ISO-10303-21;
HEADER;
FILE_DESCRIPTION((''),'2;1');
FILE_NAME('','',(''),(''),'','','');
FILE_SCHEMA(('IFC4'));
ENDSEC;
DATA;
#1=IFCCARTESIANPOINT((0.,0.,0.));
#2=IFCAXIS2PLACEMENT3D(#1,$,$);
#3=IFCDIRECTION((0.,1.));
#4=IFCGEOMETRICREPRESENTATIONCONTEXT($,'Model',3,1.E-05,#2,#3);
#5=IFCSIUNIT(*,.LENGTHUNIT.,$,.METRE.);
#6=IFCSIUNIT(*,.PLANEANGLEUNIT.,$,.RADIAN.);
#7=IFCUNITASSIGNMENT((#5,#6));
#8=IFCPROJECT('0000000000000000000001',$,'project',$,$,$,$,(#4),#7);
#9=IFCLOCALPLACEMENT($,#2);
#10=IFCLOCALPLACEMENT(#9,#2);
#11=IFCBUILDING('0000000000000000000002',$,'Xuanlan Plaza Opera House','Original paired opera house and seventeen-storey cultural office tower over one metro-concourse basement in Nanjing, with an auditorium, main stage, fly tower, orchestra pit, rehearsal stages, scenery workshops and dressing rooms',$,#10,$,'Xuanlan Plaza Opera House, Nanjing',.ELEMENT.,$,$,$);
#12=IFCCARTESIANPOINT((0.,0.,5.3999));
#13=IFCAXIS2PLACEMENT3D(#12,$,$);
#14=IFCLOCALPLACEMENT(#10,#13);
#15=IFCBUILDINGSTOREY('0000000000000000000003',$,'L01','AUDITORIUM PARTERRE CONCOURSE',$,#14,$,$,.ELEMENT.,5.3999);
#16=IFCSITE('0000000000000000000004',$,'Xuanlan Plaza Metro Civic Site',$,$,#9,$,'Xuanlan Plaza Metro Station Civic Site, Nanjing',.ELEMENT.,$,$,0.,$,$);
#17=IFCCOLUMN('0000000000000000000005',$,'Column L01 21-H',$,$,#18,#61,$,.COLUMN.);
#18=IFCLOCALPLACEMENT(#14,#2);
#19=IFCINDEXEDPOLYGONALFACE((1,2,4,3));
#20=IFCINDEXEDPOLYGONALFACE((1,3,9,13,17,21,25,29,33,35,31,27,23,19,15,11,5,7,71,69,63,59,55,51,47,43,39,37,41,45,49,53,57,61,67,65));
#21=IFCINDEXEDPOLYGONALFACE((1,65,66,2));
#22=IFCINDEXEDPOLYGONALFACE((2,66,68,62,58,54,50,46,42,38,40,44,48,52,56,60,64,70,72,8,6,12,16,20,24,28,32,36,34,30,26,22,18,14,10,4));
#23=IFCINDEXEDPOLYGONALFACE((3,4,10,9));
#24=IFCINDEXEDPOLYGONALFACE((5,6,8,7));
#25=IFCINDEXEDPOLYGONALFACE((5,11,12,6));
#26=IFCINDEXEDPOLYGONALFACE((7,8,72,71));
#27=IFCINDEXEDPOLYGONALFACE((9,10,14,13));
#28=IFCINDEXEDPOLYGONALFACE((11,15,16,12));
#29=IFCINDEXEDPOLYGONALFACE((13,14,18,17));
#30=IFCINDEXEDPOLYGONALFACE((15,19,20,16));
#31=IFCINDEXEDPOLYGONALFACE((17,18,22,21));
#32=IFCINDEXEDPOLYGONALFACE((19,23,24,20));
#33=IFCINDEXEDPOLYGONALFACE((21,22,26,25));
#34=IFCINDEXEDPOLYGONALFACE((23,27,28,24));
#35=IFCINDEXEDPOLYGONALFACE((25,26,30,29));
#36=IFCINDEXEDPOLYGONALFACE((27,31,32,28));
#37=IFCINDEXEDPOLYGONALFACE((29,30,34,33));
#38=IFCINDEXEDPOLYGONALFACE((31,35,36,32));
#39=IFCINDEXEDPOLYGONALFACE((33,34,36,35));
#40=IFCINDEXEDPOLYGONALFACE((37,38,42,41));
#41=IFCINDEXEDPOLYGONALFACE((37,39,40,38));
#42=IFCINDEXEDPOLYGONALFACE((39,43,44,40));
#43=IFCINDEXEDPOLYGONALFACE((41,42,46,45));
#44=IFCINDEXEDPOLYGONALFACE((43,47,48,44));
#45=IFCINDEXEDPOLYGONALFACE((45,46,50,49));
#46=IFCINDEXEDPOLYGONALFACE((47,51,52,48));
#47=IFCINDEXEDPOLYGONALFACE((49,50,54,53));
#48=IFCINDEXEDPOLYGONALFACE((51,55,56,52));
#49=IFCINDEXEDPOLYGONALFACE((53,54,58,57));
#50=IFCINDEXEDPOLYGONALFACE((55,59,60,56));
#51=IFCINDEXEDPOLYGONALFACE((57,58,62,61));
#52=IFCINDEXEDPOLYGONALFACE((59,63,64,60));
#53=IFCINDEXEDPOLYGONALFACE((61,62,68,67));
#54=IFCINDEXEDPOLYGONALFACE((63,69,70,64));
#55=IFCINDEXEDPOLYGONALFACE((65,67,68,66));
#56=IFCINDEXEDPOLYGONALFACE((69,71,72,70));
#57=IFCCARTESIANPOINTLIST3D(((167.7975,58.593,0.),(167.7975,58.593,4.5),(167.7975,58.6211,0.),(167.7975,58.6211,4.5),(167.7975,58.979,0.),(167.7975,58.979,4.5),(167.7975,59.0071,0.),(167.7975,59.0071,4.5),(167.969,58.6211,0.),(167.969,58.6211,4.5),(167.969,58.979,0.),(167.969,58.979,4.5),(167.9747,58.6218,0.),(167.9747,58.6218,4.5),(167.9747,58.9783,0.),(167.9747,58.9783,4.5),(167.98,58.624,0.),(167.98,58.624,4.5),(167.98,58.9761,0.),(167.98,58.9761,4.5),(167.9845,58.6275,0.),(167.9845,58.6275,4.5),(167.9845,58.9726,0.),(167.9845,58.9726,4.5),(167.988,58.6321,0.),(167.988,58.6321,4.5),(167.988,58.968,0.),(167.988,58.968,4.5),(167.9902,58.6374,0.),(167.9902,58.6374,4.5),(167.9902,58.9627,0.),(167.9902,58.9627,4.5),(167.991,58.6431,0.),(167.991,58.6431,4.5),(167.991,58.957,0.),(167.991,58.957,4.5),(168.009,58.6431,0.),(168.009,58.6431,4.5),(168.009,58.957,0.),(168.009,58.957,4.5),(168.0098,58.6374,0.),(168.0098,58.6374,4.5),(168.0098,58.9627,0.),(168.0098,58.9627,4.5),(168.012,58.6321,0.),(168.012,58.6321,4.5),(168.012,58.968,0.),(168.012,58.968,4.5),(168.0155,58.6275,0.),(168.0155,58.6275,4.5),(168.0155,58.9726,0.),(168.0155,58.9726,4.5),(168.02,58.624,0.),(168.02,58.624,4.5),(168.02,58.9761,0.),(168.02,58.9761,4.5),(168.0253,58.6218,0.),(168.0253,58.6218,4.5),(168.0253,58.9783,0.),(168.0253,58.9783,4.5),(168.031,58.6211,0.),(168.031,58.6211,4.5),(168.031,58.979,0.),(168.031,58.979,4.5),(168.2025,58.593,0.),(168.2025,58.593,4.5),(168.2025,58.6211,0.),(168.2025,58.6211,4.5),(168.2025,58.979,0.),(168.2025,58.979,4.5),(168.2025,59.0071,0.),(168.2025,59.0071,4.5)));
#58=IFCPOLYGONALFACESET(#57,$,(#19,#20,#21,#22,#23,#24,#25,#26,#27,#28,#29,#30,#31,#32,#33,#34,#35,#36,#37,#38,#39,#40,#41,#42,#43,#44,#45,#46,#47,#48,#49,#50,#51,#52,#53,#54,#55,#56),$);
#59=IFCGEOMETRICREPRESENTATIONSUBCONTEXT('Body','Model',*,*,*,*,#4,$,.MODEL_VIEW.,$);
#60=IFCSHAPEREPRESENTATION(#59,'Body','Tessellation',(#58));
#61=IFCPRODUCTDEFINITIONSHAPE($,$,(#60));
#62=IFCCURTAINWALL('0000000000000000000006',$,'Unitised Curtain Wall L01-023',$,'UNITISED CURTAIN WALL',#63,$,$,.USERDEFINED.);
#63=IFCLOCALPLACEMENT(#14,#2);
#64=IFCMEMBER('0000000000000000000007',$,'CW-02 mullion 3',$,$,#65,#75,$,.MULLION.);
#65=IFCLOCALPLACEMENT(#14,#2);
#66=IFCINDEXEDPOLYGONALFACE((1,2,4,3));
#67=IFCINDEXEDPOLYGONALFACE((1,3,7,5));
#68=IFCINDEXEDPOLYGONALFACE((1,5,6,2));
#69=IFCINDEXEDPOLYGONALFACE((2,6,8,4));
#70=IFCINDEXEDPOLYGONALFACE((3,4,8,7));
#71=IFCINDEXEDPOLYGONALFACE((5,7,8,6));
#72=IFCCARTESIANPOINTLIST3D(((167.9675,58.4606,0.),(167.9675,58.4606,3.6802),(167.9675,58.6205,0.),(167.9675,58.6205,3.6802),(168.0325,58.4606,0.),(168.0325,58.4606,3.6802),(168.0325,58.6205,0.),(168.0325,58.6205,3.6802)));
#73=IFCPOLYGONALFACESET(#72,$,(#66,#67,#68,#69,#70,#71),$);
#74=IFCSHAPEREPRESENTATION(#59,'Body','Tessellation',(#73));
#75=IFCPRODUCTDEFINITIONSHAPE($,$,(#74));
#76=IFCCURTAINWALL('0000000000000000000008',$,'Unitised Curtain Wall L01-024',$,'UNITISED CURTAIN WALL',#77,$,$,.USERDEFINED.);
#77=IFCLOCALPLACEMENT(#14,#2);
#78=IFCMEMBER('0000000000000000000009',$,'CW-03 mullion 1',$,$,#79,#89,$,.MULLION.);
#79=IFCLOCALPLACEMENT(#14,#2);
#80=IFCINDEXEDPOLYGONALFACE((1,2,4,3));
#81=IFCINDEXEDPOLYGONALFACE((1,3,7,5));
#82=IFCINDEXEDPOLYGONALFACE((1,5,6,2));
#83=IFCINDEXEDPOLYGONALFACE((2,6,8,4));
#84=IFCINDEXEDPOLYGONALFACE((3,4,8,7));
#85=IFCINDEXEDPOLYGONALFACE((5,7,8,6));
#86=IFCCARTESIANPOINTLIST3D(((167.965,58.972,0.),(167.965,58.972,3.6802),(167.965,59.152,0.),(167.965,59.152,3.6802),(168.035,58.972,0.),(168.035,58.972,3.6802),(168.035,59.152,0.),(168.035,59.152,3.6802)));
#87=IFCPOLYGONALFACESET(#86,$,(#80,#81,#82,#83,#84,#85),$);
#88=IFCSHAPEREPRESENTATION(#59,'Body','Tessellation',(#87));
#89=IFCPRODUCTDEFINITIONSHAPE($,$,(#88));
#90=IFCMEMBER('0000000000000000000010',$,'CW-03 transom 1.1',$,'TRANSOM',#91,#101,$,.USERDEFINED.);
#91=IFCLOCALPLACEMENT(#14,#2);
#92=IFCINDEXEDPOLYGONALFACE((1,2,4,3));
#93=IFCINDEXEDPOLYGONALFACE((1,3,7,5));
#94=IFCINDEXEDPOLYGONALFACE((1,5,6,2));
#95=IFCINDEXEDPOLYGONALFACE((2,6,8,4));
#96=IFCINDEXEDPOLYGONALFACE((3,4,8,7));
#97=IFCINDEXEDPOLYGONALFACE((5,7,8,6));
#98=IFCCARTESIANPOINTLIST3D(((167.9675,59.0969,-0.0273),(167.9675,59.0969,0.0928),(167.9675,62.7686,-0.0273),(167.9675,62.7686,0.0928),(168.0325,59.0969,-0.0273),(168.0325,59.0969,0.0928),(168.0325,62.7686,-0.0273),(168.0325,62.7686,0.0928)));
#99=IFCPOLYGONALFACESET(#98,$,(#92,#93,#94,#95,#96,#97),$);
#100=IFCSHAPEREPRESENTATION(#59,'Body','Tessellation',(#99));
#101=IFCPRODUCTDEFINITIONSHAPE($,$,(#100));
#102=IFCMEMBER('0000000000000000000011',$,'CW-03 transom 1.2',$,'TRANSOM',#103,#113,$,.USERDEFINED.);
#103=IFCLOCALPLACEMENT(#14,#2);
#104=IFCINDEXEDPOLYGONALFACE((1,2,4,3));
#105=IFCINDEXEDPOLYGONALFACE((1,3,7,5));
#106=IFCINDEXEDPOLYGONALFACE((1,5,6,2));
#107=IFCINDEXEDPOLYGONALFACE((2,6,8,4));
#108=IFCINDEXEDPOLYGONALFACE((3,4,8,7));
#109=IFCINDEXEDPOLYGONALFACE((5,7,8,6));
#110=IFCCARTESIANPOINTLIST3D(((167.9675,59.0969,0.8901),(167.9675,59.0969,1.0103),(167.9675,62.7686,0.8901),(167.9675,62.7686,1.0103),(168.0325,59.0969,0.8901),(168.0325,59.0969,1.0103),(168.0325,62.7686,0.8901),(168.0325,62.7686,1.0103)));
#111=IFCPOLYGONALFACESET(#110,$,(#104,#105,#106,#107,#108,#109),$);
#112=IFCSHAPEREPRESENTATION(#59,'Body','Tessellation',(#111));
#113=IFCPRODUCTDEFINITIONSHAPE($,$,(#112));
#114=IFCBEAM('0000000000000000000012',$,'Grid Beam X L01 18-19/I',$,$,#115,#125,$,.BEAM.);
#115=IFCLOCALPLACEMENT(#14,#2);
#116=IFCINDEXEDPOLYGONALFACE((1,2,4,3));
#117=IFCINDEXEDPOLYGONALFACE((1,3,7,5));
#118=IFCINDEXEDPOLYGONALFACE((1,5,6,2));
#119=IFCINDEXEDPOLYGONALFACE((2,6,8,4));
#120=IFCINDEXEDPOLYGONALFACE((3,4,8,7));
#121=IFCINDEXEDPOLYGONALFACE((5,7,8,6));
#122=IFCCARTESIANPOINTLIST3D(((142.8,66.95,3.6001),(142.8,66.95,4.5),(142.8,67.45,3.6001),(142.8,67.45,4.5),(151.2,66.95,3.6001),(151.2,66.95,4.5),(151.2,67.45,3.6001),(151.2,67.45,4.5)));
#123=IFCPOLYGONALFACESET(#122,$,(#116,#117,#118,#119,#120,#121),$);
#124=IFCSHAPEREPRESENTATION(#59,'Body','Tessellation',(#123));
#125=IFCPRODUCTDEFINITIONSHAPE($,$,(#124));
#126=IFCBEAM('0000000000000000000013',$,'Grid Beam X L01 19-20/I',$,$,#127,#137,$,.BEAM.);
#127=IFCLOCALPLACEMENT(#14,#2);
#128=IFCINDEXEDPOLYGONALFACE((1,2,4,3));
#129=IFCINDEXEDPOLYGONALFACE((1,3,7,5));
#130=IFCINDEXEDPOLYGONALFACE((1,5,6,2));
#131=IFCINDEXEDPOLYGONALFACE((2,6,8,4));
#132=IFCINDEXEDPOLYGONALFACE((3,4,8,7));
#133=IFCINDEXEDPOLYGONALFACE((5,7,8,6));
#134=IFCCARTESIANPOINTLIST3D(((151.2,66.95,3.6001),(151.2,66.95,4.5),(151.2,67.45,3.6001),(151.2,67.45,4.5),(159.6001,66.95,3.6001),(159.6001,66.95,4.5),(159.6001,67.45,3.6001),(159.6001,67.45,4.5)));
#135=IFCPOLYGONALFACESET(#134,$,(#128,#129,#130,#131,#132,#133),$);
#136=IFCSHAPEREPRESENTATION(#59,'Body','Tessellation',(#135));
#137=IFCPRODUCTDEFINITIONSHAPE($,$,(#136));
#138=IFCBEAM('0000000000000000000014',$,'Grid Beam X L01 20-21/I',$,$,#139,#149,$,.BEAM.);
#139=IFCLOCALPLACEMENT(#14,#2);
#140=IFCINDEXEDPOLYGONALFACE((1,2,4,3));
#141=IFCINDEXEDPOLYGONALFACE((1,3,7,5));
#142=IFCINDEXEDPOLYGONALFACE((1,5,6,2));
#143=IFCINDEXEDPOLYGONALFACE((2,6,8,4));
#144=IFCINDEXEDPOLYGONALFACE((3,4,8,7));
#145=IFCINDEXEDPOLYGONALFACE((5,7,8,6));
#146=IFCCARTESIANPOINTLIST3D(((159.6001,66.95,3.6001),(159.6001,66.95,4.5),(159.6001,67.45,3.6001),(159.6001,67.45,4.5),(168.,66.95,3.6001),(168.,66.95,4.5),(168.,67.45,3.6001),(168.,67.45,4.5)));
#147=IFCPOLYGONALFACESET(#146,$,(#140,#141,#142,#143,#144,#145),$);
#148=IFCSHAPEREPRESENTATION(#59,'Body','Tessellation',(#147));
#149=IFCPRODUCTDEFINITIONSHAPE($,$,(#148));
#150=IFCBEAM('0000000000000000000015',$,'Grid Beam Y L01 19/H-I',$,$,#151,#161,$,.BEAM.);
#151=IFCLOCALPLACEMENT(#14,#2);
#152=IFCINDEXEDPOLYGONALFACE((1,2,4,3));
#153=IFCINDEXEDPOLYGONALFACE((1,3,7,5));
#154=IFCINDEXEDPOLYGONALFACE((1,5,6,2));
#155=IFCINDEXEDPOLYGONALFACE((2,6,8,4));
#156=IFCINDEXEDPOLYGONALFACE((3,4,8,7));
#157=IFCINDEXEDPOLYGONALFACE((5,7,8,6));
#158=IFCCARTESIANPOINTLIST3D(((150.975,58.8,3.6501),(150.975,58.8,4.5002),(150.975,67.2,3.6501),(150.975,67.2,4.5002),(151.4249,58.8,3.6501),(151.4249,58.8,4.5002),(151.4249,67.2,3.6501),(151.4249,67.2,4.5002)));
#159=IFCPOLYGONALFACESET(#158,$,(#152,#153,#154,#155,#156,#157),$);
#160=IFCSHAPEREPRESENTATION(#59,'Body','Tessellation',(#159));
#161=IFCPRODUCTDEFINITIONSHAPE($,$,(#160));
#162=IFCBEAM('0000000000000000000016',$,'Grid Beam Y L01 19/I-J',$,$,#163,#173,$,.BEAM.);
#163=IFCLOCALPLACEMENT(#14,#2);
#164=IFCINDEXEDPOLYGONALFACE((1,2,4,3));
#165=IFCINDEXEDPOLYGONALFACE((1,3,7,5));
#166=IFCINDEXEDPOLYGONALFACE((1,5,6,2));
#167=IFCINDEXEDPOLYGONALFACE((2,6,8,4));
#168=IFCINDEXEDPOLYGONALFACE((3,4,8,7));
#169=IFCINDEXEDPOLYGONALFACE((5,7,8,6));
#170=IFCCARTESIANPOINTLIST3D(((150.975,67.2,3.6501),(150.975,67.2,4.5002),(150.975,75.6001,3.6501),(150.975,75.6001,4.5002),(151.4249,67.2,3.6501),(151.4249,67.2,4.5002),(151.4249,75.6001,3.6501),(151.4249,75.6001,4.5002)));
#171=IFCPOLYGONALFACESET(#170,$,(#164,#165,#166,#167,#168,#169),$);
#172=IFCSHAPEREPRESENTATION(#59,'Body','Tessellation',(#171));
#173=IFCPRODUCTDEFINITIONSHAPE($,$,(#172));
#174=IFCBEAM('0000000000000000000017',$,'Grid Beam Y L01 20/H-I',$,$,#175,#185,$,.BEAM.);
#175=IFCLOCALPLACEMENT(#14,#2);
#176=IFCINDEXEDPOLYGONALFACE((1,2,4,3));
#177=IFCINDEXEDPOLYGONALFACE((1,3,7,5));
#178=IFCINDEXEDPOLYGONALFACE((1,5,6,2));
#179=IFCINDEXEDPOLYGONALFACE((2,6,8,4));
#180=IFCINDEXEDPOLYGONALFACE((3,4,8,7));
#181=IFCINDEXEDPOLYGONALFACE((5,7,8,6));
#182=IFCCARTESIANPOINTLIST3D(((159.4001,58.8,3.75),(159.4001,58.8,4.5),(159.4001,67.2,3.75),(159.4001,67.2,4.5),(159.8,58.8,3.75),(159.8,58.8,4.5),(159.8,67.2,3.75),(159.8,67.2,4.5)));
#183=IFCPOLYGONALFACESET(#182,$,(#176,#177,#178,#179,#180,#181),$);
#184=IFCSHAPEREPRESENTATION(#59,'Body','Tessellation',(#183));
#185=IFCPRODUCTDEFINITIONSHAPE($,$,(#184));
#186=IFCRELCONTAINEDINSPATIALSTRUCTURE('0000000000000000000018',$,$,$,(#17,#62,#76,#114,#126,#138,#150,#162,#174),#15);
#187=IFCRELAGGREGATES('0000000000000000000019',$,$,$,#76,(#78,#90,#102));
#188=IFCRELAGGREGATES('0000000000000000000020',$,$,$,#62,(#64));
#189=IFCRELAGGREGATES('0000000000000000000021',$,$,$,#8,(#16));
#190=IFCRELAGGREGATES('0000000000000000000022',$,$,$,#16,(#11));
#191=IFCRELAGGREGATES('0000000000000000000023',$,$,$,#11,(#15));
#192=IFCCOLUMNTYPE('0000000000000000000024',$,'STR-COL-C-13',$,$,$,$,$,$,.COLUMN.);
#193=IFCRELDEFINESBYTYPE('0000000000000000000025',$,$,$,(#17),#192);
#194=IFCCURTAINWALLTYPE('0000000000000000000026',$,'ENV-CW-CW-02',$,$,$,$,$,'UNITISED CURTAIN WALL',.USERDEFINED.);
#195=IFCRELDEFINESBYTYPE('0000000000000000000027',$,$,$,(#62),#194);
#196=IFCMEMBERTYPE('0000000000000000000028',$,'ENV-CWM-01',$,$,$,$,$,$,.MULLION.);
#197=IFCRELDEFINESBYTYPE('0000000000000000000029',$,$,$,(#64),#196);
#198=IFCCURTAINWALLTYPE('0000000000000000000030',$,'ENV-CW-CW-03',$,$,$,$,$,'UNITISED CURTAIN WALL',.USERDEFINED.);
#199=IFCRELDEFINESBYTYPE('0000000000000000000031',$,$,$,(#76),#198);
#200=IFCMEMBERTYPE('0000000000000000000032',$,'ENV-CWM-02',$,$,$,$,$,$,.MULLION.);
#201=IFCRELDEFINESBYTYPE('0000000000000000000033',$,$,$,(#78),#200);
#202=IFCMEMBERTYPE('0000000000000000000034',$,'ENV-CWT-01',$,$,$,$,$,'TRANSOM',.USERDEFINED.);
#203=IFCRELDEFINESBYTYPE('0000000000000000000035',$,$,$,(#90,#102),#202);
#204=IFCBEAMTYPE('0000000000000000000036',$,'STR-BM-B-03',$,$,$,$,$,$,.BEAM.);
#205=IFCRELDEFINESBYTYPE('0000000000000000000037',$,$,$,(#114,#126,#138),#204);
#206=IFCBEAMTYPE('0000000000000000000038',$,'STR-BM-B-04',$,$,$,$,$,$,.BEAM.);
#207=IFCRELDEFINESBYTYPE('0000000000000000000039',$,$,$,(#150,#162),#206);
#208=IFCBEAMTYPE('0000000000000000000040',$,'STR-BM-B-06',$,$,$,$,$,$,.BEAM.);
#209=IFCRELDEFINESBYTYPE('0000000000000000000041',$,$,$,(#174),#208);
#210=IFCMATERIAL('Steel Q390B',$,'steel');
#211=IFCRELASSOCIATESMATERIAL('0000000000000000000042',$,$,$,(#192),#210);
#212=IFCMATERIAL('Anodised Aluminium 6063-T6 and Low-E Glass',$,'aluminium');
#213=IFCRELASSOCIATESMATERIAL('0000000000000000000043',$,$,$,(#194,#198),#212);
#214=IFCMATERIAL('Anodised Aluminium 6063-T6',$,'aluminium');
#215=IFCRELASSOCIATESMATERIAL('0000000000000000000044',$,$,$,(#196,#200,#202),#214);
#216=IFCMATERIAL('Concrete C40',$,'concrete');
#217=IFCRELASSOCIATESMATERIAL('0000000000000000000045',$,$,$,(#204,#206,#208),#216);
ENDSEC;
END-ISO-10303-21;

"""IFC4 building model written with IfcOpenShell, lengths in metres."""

from ifc_helpers import new_model, si_unit, direction, frame, origin, origin_2d, place, context, subcontext, project, spatial, rectangle, i_section, extrude, material, material_profile, profile_set, type_object, element, aggregate, save


model = new_model("IFC4")

# Units and contexts
model_context = context("Model", 3, precision=1e-05, world=origin(), true_north=direction((0.0, 1.0)))
body_context = subcontext(model_context, "Body", "Model", "MODEL_VIEW")
ifc_project = project(units=[si_unit("LENGTHUNIT", "METRE"), si_unit("PLANEANGLEUNIT", "RADIAN")], contexts=[model_context])

# Site, building, storey
site_placement = place(None, origin())
site = spatial("IfcSite", under=ifc_project, at=site_placement, Name="Xuanlan Plaza Metro Civic Site", LongName="Xuanlan Plaza Metro Station Civic Site, Nanjing", CompositionType="ELEMENT", RefElevation=0.0)
building_placement = place(site_placement, origin())
building = spatial("IfcBuilding", under=site, at=building_placement, Name="Xuanlan Plaza Opera House", Description="Original paired opera house and seventeen-storey cultural office tower over one metro-concourse basement in Nanjing, with an auditorium, main stage, fly tower, orchestra pit, rehearsal stages, scenery workshops and dressing rooms", LongName="Xuanlan Plaza Opera House, Nanjing", CompositionType="ELEMENT")
storey_placement = place(building_placement, frame((0.0, 0.0, 5.3999)))
storey = spatial("IfcBuildingStorey", under=building, at=storey_placement, Name="L01", Description="AUDITORIUM PARTERRE CONCOURSE", CompositionType="ELEMENT", Elevation=5.3999)

# Column
ifc_material_1 = material(Name="Steel Q390B", Category="steel")
ifc_material_profile_1 = material_profile(ifc_material_1, i_section(OverallWidth=0.405, OverallDepth=0.4141, WebThickness=0.0181, FlangeThickness=0.0281, FilletRadius=0.022, at=origin_2d()), Name="HW 414x405x18x28")
ifc_profile_set_1 = profile_set([ifc_material_profile_1], Name="Steel Q390B")
column_type_1 = type_object("IfcColumnType", Name="STR-COL-C-13", PredefinedType="COLUMN", material=ifc_profile_set_1)
for number, where, z_axis, x_axis, name in (
    (1, (168.0, 58.8, 0.0), (0.0, 0.0, 1.0), (1.0, 0.0, 0.0), "Column L01 21-H"),
):
    element("IfcColumn", number, at=place(storey_placement, frame(where, z_axis=z_axis, x_axis=x_axis)), inside=storey, type_object=column_type_1, Name=name, PredefinedType="COLUMN", context=body_context, shape_type="SweptSolid", body=[
        extrude(i_section(OverallWidth=0.405, OverallDepth=0.4141, WebThickness=0.0181, FlangeThickness=0.0281, FilletRadius=0.022, at=origin_2d()), origin(), (0.0, 0.0, 1.0), 4.5),
    ])

# Curtain wall, member
ifc_material_2 = material(Name="Anodised Aluminium 6063-T6 and Low-E Glass", Category="aluminium")
curtain_wall_type_1 = type_object("IfcCurtainWallType", Name="ENV-CW-CW-02", ElementType="UNITISED CURTAIN WALL", PredefinedType="USERDEFINED", material=ifc_material_2)
curtain_wall_1_placement = place(storey_placement, origin())
curtain_wall_1 = element("IfcCurtainWall", 2, at=curtain_wall_1_placement, inside=storey, type_object=curtain_wall_type_1, Name="Unitised Curtain Wall L01-023", ObjectType="UNITISED CURTAIN WALL", PredefinedType="USERDEFINED")
ifc_material_3 = material(Name="Anodised Aluminium 6063-T6", Category="aluminium")
ifc_material_profile_2 = material_profile(ifc_material_3, rectangle(XDim=0.0649, YDim=0.1599, at=origin_2d()), Name="ALU-M 65x160")
ifc_profile_set_2 = profile_set([ifc_material_profile_2], Name="Anodised Aluminium 6063-T6")
member_type_1 = type_object("IfcMemberType", Name="ENV-CWM-01", PredefinedType="MULLION", material=ifc_profile_set_2)
member_1_placement = place(storey_placement, frame((168.0, 58.5405, 0.0), z_axis=(0.0, 0.0, 1.0), x_axis=(-1.0, 0.0, 0.0)))
member_1 = element("IfcMember", 3, at=member_1_placement, type_object=member_type_1, Name="CW-02 mullion 3", PredefinedType="MULLION", context=body_context, shape_type="SweptSolid", body=[
    extrude(rectangle(XDim=0.0649, YDim=0.1599, at=origin_2d()), origin(), (0.0, 0.0, 1.0), 3.6802),
])

# Curtain wall, members
curtain_wall_type_2 = type_object("IfcCurtainWallType", Name="ENV-CW-CW-03", ElementType="UNITISED CURTAIN WALL", PredefinedType="USERDEFINED", material=ifc_material_2)
curtain_wall_2_placement = place(storey_placement, origin())
curtain_wall_2 = element("IfcCurtainWall", 4, at=curtain_wall_2_placement, inside=storey, type_object=curtain_wall_type_2, Name="Unitised Curtain Wall L01-024", ObjectType="UNITISED CURTAIN WALL", PredefinedType="USERDEFINED")
ifc_material_profile_3 = material_profile(ifc_material_3, rectangle(XDim=0.0701, YDim=0.1799, at=origin_2d()), Name="ALU-M 70x180")
ifc_profile_set_3 = profile_set([ifc_material_profile_3], Name="Anodised Aluminium 6063-T6")
member_type_2 = type_object("IfcMemberType", Name="ENV-CWM-02", PredefinedType="MULLION", material=ifc_profile_set_3)
member_2_placement = place(storey_placement, frame((168.0, 59.062, 0.0), z_axis=(0.0, 0.0, 1.0), x_axis=(-1.0, 0.0, 0.0)))
member_2 = element("IfcMember", 5, at=member_2_placement, type_object=member_type_2, Name="CW-03 mullion 1", PredefinedType="MULLION", context=body_context, shape_type="SweptSolid", body=[
    extrude(rectangle(XDim=0.0701, YDim=0.1799, at=origin_2d()), origin(), (0.0, 0.0, 1.0), 3.6802),
])
ifc_material_profile_4 = material_profile(ifc_material_3, rectangle(XDim=0.0649, YDim=0.1201, at=origin_2d()), Name="ALU-T 65x120")
ifc_profile_set_4 = profile_set([ifc_material_profile_4], Name="Anodised Aluminium 6063-T6")
member_type_3 = type_object("IfcMemberType", Name="ENV-CWT-01", ElementType="TRANSOM", PredefinedType="USERDEFINED", material=ifc_profile_set_4)
member_3_placement = place(storey_placement, frame((168.0, 59.0969, 0.0327), z_axis=(0.0, 1.0, 0.0), x_axis=(-1.0, 0.0, 0.0)))
member_3 = element("IfcMember", 6, at=member_3_placement, type_object=member_type_3, Name="CW-03 transom 1.1", ObjectType="TRANSOM", PredefinedType="USERDEFINED", context=body_context, shape_type="SweptSolid", body=[
    extrude(rectangle(XDim=0.0649, YDim=0.1201, at=origin_2d()), origin(), (0.0, 0.0, 1.0), 3.6716),
])
member_4_placement = place(storey_placement, frame((168.0, 59.0969, 0.9502), z_axis=(0.0, 1.0, 0.0), x_axis=(-1.0, 0.0, 0.0)))
member_4 = element("IfcMember", 7, at=member_4_placement, type_object=member_type_3, Name="CW-03 transom 1.2", ObjectType="TRANSOM", PredefinedType="USERDEFINED", context=body_context, shape_type="SweptSolid", body=[
    extrude(rectangle(XDim=0.0649, YDim=0.1201, at=origin_2d()), origin(), (0.0, 0.0, 1.0), 3.6716),
])
aggregate(curtain_wall_2, [member_2, member_3, member_4])

# Beams
ifc_material_4 = material(Name="Concrete C40", Category="concrete")
ifc_material_profile_5 = material_profile(ifc_material_4, rectangle(XDim=0.5, YDim=0.8999, at=origin_2d()), Name="RC-BM 500x900")
ifc_profile_set_5 = profile_set([ifc_material_profile_5], Name="Concrete C40")
beam_type_1 = type_object("IfcBeamType", Name="STR-BM-B-03", PredefinedType="BEAM", material=ifc_profile_set_5)
beam_1_placement = place(storey_placement, frame((142.8, 67.2, 4.05), z_axis=(1.0, 0.0, 0.0), x_axis=(0.0, 1.0, 0.0)))
element("IfcBeam", 8, at=beam_1_placement, inside=storey, type_object=beam_type_1, Name="Grid Beam X L01 18-19/I", PredefinedType="BEAM", context=body_context, shape_type="SweptSolid", body=[
    extrude(rectangle(XDim=0.5, YDim=0.8999, at=origin_2d()), origin(), (0.0, 0.0, 1.0), 8.3999),
])
beam_2_placement = place(storey_placement, frame((151.2, 67.2, 4.05), z_axis=(1.0, 0.0, 0.0), x_axis=(0.0, 1.0, 0.0)))
element("IfcBeam", 9, at=beam_2_placement, inside=storey, type_object=beam_type_1, Name="Grid Beam X L01 19-20/I", PredefinedType="BEAM", context=body_context, shape_type="SweptSolid", body=[
    extrude(rectangle(XDim=0.5, YDim=0.8999, at=origin_2d()), origin(), (0.0, 0.0, 1.0), 8.4001),
])
beam_3_placement = place(storey_placement, frame((159.6001, 67.2, 4.05), z_axis=(1.0, 0.0, 0.0), x_axis=(0.0, 1.0, 0.0)))
element("IfcBeam", 10, at=beam_3_placement, inside=storey, type_object=beam_type_1, Name="Grid Beam X L01 20-21/I", PredefinedType="BEAM", context=body_context, shape_type="SweptSolid", body=[
    extrude(rectangle(XDim=0.5, YDim=0.8999, at=origin_2d()), origin(), (0.0, 0.0, 1.0), 8.3999),
])
ifc_material_profile_6 = material_profile(ifc_material_4, rectangle(XDim=0.45, YDim=0.8501, at=origin_2d()), Name="RC-BM 450x850")
ifc_profile_set_6 = profile_set([ifc_material_profile_6], Name="Concrete C40")
beam_type_2 = type_object("IfcBeamType", Name="STR-BM-B-04", PredefinedType="BEAM", material=ifc_profile_set_6)
beam_4_placement = place(storey_placement, frame((151.2, 58.8, 4.0752), z_axis=(0.0, 1.0, 0.0), x_axis=(-1.0, 0.0, 0.0)))
element("IfcBeam", 11, at=beam_4_placement, inside=storey, type_object=beam_type_2, Name="Grid Beam Y L01 19/H-I", PredefinedType="BEAM", context=body_context, shape_type="SweptSolid", body=[
    extrude(rectangle(XDim=0.45, YDim=0.8501, at=origin_2d()), origin(), (0.0, 0.0, 1.0), 8.3999),
])
beam_5_placement = place(storey_placement, frame((151.2, 67.2, 4.0752), z_axis=(0.0, 1.0, 0.0), x_axis=(-1.0, 0.0, 0.0)))
element("IfcBeam", 12, at=beam_5_placement, inside=storey, type_object=beam_type_2, Name="Grid Beam Y L01 19/I-J", PredefinedType="BEAM", context=body_context, shape_type="SweptSolid", body=[
    extrude(rectangle(XDim=0.45, YDim=0.8501, at=origin_2d()), origin(), (0.0, 0.0, 1.0), 8.4001),
])
ifc_material_profile_7 = material_profile(ifc_material_4, rectangle(XDim=0.3999, YDim=0.75, at=origin_2d()), Name="RC-BM 400x750")
ifc_profile_set_7 = profile_set([ifc_material_profile_7], Name="Concrete C40")
beam_type_3 = type_object("IfcBeamType", Name="STR-BM-B-06", PredefinedType="BEAM", material=ifc_profile_set_7)
beam_6_placement = place(storey_placement, frame((159.6001, 58.8, 4.125), z_axis=(0.0, 1.0, 0.0), x_axis=(-1.0, 0.0, 0.0)))
element("IfcBeam", 13, at=beam_6_placement, inside=storey, type_object=beam_type_3, Name="Grid Beam Y L01 20/H-I", PredefinedType="BEAM", context=body_context, shape_type="SweptSolid", body=[
    extrude(rectangle(XDim=0.3999, YDim=0.75, at=origin_2d()), origin(), (0.0, 0.0, 1.0), 8.3999),
])

aggregate(curtain_wall_1, [member_1])

save(model, "model.ifc")
